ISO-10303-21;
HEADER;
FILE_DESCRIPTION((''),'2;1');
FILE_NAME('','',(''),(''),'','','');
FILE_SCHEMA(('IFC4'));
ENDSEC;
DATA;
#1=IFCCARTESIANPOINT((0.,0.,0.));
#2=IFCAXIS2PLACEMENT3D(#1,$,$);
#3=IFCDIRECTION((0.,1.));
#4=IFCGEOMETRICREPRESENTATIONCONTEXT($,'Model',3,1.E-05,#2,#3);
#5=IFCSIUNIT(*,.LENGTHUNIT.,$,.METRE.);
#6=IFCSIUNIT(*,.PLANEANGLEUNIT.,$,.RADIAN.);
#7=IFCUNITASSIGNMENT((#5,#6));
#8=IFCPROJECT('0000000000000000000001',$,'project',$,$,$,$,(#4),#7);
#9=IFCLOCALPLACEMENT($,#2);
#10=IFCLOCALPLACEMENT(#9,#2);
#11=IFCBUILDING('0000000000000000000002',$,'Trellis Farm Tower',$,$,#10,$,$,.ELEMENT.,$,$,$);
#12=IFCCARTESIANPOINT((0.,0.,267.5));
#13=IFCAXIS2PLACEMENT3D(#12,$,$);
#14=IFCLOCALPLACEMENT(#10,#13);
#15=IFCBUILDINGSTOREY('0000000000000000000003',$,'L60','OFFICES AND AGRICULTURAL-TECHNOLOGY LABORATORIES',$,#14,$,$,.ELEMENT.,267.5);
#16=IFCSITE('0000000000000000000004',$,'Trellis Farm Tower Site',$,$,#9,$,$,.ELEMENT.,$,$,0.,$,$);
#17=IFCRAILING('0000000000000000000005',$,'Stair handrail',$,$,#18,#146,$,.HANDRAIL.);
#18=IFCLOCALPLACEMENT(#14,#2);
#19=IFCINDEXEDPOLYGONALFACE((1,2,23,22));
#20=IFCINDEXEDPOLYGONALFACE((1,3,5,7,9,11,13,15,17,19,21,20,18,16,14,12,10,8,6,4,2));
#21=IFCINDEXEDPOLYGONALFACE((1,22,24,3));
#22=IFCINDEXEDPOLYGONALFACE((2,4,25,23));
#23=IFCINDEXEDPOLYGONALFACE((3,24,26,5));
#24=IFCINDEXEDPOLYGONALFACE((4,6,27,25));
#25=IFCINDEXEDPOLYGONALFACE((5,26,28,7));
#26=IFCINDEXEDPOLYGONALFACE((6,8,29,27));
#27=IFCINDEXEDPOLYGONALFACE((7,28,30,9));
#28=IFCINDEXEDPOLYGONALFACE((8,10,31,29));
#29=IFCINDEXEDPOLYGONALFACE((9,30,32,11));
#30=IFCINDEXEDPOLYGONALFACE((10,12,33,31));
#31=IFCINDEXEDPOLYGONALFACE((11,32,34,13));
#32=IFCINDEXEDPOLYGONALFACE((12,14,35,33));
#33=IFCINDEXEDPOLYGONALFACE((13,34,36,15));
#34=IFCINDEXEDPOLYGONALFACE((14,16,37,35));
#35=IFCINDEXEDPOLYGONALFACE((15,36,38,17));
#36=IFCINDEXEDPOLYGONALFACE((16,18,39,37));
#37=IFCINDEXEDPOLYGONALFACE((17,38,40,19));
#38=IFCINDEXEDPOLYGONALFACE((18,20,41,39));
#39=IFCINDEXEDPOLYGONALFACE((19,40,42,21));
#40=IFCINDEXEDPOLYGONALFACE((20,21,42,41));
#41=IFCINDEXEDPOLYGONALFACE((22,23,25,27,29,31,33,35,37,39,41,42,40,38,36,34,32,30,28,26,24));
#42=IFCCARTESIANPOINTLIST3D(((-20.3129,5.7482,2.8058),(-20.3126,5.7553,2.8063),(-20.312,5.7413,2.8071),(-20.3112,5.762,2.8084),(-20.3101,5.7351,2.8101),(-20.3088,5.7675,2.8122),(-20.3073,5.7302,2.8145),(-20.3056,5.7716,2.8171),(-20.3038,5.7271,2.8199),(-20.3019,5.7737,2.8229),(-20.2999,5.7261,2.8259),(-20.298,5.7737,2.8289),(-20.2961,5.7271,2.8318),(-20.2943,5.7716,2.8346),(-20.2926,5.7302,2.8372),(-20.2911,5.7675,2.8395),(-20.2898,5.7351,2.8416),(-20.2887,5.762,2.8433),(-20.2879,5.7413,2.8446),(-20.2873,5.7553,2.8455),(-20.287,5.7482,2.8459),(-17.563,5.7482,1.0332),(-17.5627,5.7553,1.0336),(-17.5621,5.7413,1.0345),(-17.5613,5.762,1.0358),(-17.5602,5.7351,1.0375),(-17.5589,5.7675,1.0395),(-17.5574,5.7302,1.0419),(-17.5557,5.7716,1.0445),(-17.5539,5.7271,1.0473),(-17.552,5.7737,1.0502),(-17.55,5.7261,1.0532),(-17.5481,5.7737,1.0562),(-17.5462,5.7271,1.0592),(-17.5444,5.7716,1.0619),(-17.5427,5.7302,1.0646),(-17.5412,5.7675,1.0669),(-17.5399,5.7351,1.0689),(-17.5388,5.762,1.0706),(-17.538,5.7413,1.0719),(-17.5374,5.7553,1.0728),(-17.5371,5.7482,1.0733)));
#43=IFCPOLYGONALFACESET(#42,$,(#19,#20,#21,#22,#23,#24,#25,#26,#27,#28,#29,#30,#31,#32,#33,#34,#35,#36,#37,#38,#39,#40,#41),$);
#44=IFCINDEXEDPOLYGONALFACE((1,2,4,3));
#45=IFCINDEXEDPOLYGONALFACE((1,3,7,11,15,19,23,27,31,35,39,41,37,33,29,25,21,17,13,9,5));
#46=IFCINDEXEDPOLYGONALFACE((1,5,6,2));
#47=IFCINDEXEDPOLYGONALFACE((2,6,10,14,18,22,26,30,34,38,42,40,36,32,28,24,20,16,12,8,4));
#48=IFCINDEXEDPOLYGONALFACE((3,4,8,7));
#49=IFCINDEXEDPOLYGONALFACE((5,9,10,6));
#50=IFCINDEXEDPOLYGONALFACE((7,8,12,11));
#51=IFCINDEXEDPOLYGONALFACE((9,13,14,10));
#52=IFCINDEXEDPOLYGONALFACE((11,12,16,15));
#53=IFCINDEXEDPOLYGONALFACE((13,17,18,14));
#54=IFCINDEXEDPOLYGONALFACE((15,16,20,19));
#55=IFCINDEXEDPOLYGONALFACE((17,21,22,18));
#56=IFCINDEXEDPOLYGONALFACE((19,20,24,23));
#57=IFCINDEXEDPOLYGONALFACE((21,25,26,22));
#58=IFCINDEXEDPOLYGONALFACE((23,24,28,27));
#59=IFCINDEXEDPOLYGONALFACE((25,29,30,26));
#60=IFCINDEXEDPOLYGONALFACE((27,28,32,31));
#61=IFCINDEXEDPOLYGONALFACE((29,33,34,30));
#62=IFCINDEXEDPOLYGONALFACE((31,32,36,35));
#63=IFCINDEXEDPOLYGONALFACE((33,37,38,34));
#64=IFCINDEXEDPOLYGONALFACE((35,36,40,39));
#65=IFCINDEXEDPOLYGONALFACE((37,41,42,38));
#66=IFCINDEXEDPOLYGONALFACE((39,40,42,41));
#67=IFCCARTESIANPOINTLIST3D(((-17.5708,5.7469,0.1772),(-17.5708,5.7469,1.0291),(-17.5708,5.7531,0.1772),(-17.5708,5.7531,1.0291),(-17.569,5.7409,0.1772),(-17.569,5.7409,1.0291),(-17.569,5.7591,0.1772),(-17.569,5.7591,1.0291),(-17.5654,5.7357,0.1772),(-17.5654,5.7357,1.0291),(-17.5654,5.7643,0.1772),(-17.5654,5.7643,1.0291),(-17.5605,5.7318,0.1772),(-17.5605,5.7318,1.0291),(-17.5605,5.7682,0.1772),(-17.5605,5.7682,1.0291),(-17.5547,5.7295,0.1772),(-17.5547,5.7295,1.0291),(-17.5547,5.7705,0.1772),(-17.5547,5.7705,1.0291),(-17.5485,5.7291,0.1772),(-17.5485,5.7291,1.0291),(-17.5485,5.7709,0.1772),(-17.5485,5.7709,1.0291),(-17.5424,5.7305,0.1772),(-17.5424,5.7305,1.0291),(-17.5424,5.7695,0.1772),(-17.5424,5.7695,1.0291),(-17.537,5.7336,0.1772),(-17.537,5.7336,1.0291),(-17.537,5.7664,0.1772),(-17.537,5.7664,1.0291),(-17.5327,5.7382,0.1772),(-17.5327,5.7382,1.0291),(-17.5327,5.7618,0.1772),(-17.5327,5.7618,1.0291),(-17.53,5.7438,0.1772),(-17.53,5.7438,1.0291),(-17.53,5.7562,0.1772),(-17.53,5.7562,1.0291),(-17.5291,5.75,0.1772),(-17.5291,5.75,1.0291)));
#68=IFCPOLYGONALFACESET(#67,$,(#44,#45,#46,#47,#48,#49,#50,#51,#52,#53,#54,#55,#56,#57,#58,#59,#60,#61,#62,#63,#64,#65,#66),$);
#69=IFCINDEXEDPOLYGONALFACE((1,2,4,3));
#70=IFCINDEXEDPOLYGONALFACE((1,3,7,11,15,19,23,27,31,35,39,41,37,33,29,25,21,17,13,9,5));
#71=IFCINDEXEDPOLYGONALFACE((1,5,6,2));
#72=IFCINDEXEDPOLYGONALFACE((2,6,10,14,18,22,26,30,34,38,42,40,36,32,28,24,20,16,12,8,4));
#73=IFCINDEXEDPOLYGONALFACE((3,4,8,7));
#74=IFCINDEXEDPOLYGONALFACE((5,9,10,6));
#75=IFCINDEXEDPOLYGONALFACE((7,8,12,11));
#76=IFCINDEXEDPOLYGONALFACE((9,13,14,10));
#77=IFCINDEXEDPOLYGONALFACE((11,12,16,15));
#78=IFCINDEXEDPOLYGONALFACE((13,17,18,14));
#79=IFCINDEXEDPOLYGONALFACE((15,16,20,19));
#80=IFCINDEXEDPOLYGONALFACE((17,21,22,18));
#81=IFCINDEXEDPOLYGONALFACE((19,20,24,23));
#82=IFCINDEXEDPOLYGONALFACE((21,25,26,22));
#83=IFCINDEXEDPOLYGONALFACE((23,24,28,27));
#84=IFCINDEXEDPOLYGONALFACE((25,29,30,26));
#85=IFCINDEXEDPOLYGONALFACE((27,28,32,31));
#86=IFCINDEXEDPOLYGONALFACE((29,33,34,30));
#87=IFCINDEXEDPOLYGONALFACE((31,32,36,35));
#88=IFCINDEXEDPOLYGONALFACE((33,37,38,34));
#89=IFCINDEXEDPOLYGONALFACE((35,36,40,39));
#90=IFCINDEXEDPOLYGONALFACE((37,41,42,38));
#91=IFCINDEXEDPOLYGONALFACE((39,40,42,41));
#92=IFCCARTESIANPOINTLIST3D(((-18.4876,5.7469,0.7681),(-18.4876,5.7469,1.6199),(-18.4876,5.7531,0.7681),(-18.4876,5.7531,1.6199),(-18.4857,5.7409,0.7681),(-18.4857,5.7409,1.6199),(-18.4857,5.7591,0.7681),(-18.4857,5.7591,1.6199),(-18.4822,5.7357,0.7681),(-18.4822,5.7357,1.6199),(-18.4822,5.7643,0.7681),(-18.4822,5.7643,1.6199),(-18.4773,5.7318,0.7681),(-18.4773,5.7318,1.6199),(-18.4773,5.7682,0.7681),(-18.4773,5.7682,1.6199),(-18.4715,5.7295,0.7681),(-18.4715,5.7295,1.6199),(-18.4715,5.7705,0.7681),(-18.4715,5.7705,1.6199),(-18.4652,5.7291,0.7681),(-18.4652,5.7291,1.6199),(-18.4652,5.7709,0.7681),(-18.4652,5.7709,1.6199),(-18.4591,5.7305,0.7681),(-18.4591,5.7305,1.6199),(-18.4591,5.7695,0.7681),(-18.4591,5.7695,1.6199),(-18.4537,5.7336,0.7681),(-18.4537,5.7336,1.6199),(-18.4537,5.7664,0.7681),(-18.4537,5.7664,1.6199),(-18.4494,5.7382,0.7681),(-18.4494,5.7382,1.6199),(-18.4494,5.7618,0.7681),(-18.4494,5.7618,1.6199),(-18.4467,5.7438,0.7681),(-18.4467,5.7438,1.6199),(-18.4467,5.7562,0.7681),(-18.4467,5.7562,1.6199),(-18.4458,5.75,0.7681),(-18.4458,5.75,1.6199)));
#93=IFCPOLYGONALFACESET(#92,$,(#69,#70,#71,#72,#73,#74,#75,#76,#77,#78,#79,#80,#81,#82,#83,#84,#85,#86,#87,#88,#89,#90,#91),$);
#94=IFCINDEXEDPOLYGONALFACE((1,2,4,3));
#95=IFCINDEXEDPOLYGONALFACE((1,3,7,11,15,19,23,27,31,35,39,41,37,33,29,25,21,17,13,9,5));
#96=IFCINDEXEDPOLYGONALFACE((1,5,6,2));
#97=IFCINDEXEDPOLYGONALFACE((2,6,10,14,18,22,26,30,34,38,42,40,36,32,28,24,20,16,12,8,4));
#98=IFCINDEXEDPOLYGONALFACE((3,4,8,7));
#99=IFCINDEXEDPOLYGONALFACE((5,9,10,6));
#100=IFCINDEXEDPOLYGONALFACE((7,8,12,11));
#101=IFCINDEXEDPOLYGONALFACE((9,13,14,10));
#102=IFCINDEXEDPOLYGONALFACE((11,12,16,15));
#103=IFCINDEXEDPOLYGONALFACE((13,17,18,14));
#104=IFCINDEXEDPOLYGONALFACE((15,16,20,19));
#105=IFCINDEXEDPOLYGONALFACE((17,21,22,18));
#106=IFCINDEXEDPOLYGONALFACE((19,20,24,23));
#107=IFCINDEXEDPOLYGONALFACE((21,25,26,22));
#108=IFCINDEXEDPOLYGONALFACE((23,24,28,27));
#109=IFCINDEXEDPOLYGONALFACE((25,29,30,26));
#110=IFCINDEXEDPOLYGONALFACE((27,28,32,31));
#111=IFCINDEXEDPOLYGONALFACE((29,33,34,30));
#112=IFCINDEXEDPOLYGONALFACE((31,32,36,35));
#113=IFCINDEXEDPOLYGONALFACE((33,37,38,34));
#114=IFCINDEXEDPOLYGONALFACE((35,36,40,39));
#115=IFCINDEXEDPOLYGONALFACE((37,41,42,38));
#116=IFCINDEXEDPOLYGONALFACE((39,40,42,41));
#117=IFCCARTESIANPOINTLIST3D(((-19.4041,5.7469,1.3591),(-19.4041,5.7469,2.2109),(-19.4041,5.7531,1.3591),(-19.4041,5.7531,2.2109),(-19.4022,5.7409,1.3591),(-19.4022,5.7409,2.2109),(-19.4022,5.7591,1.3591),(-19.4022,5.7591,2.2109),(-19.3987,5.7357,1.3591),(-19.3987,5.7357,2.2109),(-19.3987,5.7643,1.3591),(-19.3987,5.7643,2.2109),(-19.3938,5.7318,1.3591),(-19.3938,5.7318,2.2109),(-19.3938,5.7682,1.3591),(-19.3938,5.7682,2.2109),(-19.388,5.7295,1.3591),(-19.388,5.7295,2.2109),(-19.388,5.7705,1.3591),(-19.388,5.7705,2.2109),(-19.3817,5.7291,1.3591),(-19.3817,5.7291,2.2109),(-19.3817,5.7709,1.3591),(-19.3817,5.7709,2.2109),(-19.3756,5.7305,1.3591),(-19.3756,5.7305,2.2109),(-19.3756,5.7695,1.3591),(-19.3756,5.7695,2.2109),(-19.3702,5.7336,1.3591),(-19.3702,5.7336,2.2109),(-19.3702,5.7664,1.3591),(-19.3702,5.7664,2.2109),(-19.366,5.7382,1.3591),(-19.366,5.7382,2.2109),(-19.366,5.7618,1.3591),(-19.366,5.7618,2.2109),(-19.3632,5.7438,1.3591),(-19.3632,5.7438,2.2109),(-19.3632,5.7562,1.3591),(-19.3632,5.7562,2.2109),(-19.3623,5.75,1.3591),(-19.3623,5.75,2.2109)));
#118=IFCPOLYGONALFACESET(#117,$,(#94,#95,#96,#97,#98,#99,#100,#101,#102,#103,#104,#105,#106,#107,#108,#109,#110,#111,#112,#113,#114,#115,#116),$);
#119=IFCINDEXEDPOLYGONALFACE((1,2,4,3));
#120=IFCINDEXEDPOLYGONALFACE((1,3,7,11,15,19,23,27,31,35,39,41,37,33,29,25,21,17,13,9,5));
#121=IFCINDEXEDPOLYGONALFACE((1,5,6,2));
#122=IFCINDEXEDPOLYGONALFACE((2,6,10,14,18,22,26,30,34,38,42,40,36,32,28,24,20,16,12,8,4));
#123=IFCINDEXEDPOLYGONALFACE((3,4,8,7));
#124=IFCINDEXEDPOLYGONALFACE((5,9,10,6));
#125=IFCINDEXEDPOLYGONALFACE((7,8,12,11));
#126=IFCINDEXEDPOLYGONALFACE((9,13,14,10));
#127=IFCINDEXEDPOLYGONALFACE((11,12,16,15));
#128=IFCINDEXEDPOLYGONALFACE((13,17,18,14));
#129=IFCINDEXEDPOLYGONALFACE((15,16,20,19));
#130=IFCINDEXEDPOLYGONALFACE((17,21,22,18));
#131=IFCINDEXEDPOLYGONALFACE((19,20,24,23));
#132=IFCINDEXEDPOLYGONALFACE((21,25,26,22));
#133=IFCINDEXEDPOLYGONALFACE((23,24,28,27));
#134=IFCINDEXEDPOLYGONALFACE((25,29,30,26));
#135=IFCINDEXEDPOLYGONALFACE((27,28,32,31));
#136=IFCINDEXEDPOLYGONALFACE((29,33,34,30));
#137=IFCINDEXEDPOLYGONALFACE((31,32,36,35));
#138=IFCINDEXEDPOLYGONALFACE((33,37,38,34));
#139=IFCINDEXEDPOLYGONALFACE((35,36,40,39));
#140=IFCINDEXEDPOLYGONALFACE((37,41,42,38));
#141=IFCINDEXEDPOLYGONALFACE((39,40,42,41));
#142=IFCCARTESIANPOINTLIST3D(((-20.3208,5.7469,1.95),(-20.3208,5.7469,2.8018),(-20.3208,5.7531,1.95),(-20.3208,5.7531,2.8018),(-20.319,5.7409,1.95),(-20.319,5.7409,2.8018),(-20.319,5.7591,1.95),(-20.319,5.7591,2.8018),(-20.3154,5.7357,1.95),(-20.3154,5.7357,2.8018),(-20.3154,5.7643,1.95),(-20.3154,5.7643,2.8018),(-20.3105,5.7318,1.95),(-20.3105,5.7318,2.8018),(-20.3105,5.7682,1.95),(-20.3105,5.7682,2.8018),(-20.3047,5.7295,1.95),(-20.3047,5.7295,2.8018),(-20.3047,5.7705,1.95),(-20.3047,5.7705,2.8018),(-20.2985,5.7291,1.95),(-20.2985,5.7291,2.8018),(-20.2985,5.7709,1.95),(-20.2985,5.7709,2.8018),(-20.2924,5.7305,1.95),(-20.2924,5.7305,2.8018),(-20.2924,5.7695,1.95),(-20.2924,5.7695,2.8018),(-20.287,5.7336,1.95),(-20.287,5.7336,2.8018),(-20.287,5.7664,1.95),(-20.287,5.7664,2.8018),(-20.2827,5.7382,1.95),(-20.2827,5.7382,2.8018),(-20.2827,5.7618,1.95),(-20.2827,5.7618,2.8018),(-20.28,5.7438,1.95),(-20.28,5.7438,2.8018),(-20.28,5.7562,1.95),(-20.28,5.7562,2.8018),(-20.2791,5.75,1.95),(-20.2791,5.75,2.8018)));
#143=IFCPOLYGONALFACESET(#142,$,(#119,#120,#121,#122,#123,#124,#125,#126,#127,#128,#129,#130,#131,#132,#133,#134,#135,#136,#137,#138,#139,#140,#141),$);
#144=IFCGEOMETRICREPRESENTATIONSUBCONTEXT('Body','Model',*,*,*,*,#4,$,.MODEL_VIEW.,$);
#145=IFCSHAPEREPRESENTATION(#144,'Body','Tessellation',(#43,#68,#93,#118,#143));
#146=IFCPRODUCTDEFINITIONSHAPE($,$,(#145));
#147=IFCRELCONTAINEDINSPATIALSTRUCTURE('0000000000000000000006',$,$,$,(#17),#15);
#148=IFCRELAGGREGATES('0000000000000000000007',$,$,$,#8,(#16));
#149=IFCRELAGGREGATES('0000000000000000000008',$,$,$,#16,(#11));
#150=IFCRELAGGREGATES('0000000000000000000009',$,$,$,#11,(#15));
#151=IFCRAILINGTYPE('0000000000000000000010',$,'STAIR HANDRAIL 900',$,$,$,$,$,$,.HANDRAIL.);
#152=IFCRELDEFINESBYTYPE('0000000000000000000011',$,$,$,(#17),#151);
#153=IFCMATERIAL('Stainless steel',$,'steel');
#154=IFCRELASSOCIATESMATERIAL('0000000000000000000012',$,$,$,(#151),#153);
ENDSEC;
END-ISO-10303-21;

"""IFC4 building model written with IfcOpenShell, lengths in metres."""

from ifc_helpers import new_model, si_unit, direction, frame, origin, origin_2d, place, context, subcontext, project, spatial, circle, extrude, source, transform, mapped, material, type_object, element, save


model = new_model("IFC4")

# Units and contexts
model_context = context("Model", 3, precision=1e-05, world=origin(), true_north=direction((0.0, 1.0)))
body_context = subcontext(model_context, "Body", "Model", "MODEL_VIEW")
ifc_project = project(units=[si_unit("LENGTHUNIT", "METRE"), si_unit("PLANEANGLEUNIT", "RADIAN")], contexts=[model_context])

# Site, building, storey
site_placement = place(None, origin())
site = spatial("IfcSite", under=ifc_project, at=site_placement, Name="Trellis Farm Tower Site", CompositionType="ELEMENT", RefElevation=0.0)
building_placement = place(site_placement, origin())
building = spatial("IfcBuilding", under=site, at=building_placement, Name="Trellis Farm Tower", CompositionType="ELEMENT")
storey_placement = place(building_placement, frame((0.0, 0.0, 267.5)))
storey = spatial("IfcBuildingStorey", under=building, at=storey_placement, Name="L60", Description="OFFICES AND AGRICULTURAL-TECHNOLOGY LABORATORIES", CompositionType="ELEMENT", Elevation=267.5)

# Railing
ifc_material_1 = material(Name="Stainless steel", Category="steel")
railing_type = type_object("IfcRailingType", Name="STAIR HANDRAIL 900", PredefinedType="HANDRAIL", material=ifc_material_1)
shared_shape_1 = source(origin(), body_context, "Body", "SweptSolid", [
    extrude(circle(Radius=0.0239, at=origin_2d()), frame((0.0, 0.0, 0.876), z_axis=(-0.840504, 0.0, 0.541806), x_axis=(0.0, -1.0, 0.0)), (0.0, 0.0, 1.0), 3.2717),
    extrude(circle(Radius=0.021, at=origin_2d()), origin(), (0.0, 0.0, 1.0), 0.8518),
    extrude(circle(Radius=0.021, at=origin_2d()), frame((-0.9167, 0.0, 0.5908)), (0.0, 0.0, 1.0), 0.8518),
    extrude(circle(Radius=0.021, at=origin_2d()), frame((-1.8333, 0.0, 1.1819)), (0.0, 0.0, 1.0), 0.8518),
    extrude(circle(Radius=0.021, at=origin_2d()), frame((-2.75, 0.0, 1.7727)), (0.0, 0.0, 1.0), 0.8518),
])
for number, where, name in (
    (1, (-17.55, 5.75, 0.1772), "Stair handrail"),
):
    element("IfcRailing", number, at=place(storey_placement, frame(where)), inside=storey, type_object=railing_type, Name=name, PredefinedType="HANDRAIL", context=body_context, shape_type="MappedRepresentation", body=[
        mapped(shared_shape_1, transform((0.0, 0.0, 0.0))),
    ])

save(model, "model.ifc")
